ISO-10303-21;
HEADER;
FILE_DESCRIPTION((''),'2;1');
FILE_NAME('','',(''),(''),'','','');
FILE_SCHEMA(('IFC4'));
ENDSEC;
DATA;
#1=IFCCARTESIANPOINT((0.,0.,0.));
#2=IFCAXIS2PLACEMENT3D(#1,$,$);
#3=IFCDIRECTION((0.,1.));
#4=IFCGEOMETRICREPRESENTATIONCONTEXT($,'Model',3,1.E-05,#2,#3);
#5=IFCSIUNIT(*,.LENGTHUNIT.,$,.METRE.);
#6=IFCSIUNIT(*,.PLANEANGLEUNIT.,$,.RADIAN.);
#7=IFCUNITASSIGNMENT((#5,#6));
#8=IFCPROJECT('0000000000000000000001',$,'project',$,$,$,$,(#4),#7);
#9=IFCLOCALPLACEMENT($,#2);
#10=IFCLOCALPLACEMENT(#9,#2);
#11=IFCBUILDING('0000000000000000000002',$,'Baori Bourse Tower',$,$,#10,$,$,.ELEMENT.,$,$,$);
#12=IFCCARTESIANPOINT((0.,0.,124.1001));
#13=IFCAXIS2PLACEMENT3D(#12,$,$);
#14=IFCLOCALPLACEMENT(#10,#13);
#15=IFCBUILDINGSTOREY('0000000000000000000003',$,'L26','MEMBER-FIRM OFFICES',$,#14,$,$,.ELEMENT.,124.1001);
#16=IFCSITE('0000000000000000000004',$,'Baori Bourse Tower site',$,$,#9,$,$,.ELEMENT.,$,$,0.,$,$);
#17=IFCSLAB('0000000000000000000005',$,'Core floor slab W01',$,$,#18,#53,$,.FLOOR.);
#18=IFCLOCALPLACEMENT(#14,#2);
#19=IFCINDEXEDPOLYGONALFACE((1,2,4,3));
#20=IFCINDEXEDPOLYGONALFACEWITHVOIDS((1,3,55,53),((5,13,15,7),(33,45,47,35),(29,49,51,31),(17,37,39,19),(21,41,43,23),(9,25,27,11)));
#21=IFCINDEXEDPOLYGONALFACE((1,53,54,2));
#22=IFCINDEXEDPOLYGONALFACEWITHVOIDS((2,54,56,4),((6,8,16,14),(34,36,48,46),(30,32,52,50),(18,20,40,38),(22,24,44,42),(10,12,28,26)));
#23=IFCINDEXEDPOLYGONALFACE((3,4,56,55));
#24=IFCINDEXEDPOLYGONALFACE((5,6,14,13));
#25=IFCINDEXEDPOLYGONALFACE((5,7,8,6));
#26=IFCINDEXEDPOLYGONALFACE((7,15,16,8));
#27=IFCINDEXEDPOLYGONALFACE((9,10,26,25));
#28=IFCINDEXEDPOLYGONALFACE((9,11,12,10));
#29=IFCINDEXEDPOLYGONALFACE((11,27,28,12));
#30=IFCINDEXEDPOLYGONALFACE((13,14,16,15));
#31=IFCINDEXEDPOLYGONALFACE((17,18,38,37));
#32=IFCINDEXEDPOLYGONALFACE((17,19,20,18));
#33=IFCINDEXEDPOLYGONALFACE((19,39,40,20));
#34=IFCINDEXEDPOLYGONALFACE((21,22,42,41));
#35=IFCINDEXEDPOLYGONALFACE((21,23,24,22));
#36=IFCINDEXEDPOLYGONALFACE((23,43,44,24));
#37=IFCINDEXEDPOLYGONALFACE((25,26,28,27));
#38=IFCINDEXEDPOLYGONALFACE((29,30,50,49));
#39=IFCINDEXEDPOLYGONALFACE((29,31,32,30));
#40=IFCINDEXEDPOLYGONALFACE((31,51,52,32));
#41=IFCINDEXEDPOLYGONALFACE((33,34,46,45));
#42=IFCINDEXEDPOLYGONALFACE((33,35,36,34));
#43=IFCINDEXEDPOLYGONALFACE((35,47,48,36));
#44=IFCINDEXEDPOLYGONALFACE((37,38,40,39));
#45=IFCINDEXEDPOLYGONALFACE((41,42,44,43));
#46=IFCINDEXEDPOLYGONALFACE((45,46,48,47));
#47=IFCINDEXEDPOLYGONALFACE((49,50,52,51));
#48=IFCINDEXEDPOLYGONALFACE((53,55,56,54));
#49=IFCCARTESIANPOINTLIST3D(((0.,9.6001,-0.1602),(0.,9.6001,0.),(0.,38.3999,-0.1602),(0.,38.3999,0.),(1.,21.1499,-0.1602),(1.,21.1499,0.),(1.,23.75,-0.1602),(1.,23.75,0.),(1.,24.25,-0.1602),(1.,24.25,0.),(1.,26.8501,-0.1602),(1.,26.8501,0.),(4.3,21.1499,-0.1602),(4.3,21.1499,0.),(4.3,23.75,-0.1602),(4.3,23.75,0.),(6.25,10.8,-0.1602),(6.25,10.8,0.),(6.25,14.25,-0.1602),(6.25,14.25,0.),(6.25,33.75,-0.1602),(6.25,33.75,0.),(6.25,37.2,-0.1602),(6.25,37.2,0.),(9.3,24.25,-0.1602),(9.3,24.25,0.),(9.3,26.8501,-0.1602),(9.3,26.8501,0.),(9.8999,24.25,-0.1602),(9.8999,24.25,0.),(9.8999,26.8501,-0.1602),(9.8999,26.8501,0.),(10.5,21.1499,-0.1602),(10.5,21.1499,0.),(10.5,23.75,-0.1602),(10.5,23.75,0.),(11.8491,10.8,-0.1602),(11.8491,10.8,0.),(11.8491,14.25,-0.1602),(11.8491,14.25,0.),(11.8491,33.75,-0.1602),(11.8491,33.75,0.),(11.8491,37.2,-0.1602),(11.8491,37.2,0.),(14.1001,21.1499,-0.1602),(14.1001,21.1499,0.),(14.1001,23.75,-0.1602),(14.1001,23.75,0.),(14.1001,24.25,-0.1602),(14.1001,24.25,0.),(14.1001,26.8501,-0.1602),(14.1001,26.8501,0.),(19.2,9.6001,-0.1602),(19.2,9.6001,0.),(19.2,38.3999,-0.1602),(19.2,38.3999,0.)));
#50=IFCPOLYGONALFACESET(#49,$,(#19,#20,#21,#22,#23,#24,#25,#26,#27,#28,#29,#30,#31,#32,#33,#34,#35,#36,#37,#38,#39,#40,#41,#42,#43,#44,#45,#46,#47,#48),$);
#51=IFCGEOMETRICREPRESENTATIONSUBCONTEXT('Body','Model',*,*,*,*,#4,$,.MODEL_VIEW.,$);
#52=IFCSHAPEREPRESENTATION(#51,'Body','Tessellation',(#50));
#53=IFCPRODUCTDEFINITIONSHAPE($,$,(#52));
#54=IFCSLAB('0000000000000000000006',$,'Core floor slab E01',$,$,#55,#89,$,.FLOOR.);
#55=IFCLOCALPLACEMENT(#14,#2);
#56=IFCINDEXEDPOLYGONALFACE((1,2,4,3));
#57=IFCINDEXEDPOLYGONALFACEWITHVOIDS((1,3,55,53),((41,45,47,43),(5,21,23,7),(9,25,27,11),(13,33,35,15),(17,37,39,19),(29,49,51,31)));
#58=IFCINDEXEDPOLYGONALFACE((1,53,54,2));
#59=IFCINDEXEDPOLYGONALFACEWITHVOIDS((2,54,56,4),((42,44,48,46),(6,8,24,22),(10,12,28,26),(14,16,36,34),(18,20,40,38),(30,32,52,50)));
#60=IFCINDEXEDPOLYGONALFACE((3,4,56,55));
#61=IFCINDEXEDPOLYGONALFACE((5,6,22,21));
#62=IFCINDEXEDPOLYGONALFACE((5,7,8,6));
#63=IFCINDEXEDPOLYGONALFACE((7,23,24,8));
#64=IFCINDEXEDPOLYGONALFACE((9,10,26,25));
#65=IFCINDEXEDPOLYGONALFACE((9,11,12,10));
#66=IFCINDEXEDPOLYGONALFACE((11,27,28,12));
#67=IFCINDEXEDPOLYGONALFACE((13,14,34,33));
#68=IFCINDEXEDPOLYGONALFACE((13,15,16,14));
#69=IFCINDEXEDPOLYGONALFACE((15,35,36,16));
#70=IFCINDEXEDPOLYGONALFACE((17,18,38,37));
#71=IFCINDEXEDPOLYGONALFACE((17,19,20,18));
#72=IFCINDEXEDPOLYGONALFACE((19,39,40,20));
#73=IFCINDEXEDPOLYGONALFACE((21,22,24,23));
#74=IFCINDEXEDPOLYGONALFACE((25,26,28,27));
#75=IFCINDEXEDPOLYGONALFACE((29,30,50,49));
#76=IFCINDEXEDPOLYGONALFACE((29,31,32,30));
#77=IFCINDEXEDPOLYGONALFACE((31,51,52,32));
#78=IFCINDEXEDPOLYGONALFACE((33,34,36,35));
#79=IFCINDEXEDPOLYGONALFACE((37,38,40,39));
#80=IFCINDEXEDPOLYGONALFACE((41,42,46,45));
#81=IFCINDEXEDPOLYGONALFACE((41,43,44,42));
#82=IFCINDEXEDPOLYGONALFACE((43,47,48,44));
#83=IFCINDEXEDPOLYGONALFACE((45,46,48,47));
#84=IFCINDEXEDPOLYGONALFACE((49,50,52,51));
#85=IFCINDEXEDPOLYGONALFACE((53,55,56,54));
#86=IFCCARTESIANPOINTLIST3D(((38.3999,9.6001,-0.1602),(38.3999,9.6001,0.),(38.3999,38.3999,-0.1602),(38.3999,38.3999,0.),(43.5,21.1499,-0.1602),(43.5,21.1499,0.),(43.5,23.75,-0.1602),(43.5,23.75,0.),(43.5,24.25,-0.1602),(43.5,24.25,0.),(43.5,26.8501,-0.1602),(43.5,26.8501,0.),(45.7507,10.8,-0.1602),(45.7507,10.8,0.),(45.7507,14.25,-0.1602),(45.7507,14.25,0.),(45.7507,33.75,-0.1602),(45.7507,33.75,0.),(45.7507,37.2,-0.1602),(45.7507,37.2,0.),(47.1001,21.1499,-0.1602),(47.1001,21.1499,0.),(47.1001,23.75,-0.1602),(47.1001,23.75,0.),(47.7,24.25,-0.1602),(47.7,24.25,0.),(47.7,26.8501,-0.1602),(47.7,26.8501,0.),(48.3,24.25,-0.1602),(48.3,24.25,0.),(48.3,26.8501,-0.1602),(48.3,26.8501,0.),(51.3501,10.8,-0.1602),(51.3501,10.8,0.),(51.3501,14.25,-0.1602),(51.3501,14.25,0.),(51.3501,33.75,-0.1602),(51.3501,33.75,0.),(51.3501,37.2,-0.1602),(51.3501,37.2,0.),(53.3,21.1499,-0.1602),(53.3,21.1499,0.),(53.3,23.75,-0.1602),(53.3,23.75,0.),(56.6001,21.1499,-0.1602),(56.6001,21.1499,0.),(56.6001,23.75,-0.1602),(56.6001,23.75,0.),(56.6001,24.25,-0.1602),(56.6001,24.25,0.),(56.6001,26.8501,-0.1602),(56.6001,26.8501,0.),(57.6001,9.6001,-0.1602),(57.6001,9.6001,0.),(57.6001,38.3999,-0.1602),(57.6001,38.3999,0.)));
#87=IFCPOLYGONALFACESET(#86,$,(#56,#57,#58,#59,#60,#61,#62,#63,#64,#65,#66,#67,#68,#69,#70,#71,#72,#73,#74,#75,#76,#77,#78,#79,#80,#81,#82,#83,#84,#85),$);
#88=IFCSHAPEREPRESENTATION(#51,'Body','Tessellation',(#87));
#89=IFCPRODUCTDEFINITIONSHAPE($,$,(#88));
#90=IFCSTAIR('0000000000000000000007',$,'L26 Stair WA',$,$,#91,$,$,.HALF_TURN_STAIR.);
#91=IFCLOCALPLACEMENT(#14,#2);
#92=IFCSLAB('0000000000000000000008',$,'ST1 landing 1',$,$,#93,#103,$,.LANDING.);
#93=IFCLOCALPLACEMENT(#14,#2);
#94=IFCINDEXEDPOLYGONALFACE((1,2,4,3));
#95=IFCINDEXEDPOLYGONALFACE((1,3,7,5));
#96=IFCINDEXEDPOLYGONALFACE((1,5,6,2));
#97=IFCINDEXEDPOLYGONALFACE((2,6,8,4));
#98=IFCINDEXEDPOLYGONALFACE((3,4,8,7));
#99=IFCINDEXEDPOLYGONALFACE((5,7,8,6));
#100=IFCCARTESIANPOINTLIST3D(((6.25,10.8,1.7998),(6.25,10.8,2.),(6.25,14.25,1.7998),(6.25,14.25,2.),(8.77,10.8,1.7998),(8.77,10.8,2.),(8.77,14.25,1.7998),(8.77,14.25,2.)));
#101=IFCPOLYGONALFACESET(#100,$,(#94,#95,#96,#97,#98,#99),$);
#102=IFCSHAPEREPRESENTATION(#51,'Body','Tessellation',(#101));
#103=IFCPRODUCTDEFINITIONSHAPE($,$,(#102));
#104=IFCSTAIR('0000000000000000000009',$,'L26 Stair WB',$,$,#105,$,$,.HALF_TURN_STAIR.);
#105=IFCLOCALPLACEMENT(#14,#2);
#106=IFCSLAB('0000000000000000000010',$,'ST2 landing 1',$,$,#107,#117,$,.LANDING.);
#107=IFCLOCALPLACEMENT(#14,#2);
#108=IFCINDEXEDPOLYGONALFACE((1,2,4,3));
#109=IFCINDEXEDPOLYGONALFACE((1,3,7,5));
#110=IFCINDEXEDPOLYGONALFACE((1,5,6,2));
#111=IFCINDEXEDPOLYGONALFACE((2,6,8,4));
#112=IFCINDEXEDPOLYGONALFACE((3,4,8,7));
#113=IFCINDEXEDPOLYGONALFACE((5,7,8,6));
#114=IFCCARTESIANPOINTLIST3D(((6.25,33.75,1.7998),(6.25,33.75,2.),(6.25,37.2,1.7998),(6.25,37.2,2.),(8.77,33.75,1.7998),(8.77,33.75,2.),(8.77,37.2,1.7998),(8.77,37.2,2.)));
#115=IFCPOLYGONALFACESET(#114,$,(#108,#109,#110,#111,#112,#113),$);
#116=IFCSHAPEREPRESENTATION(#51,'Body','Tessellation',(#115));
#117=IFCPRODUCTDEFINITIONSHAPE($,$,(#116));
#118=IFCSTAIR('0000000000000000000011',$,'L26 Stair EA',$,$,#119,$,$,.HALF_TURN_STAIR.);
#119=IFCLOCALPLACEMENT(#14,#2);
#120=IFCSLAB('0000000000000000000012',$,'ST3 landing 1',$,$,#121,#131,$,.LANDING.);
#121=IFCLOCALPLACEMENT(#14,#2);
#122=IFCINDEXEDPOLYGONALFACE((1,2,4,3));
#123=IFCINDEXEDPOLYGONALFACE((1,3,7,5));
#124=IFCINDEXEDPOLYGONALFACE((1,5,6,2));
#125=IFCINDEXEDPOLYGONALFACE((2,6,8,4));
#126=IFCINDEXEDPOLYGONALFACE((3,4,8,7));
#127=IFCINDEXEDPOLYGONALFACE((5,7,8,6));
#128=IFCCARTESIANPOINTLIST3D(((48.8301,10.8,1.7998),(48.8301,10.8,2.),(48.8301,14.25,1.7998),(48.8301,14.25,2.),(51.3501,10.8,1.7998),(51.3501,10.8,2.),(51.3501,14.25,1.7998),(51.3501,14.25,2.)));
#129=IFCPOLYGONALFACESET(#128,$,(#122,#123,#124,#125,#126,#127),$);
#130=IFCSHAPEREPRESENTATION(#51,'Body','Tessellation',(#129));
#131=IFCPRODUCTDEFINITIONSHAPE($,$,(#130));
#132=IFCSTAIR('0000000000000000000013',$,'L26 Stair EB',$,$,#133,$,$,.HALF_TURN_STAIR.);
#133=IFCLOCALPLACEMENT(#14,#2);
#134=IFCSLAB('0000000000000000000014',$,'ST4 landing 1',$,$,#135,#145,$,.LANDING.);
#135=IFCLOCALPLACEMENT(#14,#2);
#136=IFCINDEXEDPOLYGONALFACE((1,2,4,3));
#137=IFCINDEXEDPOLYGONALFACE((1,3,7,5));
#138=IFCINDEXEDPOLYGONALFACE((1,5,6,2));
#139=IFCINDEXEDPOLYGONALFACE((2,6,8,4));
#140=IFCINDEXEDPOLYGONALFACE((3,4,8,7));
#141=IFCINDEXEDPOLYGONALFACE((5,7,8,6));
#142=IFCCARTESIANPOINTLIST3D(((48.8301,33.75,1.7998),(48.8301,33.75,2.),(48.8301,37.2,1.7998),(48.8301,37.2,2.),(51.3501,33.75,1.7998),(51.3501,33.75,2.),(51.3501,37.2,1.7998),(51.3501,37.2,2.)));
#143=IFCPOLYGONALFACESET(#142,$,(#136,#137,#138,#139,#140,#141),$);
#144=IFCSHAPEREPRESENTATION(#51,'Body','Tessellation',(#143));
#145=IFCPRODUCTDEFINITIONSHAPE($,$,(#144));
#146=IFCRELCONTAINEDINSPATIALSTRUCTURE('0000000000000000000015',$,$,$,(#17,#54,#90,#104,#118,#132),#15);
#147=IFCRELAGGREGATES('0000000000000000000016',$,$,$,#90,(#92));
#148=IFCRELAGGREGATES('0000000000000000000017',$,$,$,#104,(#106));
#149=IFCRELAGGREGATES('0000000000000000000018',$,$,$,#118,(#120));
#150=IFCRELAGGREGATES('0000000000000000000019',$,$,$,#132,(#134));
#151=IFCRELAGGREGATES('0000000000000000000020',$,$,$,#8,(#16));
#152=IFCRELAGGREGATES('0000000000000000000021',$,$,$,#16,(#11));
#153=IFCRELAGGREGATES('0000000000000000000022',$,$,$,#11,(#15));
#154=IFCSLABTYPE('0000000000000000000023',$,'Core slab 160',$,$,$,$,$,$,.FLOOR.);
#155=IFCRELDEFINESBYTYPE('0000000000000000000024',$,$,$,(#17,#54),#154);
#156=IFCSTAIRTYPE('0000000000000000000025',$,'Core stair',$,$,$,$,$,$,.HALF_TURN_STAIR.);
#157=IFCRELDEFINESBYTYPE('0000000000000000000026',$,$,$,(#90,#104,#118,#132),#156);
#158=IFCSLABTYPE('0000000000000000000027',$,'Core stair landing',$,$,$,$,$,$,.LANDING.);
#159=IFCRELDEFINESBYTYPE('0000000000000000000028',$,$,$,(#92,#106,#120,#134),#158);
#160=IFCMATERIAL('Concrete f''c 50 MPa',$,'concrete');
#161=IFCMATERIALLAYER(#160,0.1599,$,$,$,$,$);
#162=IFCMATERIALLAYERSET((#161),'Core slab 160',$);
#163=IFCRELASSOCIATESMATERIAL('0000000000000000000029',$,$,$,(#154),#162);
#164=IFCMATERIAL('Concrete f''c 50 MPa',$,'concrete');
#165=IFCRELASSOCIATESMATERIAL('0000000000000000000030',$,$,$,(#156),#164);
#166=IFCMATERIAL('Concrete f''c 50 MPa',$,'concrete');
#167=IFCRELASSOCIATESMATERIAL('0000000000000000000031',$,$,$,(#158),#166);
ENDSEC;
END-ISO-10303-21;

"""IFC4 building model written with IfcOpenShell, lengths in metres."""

from ifc_helpers import new_model, si_unit, direction, frame, origin, place, context, subcontext, project, spatial, polyline, outline, extrude, material, layer, layer_set, type_object, element, aggregate, save


model = new_model("IFC4")

# Units and contexts
model_context = context("Model", 3, precision=1e-05, world=origin(), true_north=direction((0.0, 1.0)))
body_context = subcontext(model_context, "Body", "Model", "MODEL_VIEW")
ifc_project = project(units=[si_unit("LENGTHUNIT", "METRE"), si_unit("PLANEANGLEUNIT", "RADIAN")], contexts=[model_context])

# Site, building, storey
site_placement = place(None, origin())
site = spatial("IfcSite", under=ifc_project, at=site_placement, Name="Baori Bourse Tower site", CompositionType="ELEMENT", RefElevation=0.0)
building_placement = place(site_placement, origin())
building = spatial("IfcBuilding", under=site, at=building_placement, Name="Baori Bourse Tower", CompositionType="ELEMENT")
storey_placement = place(building_placement, frame((0.0, 0.0, 124.1001)))
storey = spatial("IfcBuildingStorey", under=building, at=storey_placement, Name="L26", Description="MEMBER-FIRM OFFICES", CompositionType="ELEMENT", Elevation=124.1001)

# Slabs
ifc_material_1 = material(Name="Concrete f'c 50 MPa", Category="concrete")
ifc_layer_1 = layer(ifc_material_1, 0.1599)
ifc_layer_set_1 = layer_set([ifc_layer_1], Name="Core slab 160")
slab_type_1 = type_object("IfcSlabType", Name="Core slab 160", PredefinedType="FLOOR", material=ifc_layer_set_1)
slab_1_placement = place(storey_placement, frame((0.0, 0.0, -0.1602)))
element("IfcSlab", 1, at=slab_1_placement, inside=storey, type_object=slab_type_1, Name="Core floor slab W01", PredefinedType="FLOOR", context=body_context, shape_type="SweptSolid", body=[
    extrude(outline(polyline([(0.0, 38.3999), (0.0, 9.6001), (19.2, 9.6001), (19.2, 38.3999), (0.0, 38.3999)]), holes=[polyline([(10.5, 21.1499), (10.5, 23.75), (14.1001, 23.75), (14.1001, 21.1499), (10.5, 21.1499)]), polyline([(14.1001, 24.25), (9.8999, 24.25), (9.8999, 26.8501), (14.1001, 26.8501), (14.1001, 24.25)]), polyline([(6.25, 14.25), (11.8491, 14.25), (11.8491, 10.8), (6.25, 10.8), (6.25, 14.25)]), polyline([(11.8491, 37.2), (11.8491, 33.75), (6.25, 33.75), (6.25, 37.2), (11.8491, 37.2)]), polyline([(1.0, 26.8501), (9.3, 26.8501), (9.3, 24.25), (1.0, 24.25), (1.0, 26.8501)]), polyline([(4.3, 23.75), (4.3, 21.1499), (1.0, 21.1499), (1.0, 23.75), (4.3, 23.75)])]), origin(), (0.0, 0.0, 1.0), 0.1602),
])
slab_2_placement = place(storey_placement, frame((0.0, 0.0, -0.1602)))
element("IfcSlab", 2, at=slab_2_placement, inside=storey, type_object=slab_type_1, Name="Core floor slab E01", PredefinedType="FLOOR", context=body_context, shape_type="SweptSolid", body=[
    extrude(outline(polyline([(57.6001, 38.3999), (38.3999, 38.3999), (38.3999, 9.6001), (57.6001, 9.6001), (57.6001, 38.3999)]), holes=[polyline([(56.6001, 21.1499), (53.3, 21.1499), (53.3, 23.75), (56.6001, 23.75), (56.6001, 21.1499)]), polyline([(56.6001, 26.8501), (56.6001, 24.25), (48.3, 24.25), (48.3, 26.8501), (56.6001, 26.8501)]), polyline([(45.7507, 14.25), (51.3501, 14.25), (51.3501, 10.8), (45.7507, 10.8), (45.7507, 14.25)]), polyline([(51.3501, 37.2), (51.3501, 33.75), (45.7507, 33.75), (45.7507, 37.2), (51.3501, 37.2)]), polyline([(43.5, 24.25), (43.5, 26.8501), (47.7, 26.8501), (47.7, 24.25), (43.5, 24.25)]), polyline([(43.5, 23.75), (47.1001, 23.75), (47.1001, 21.1499), (43.5, 21.1499), (43.5, 23.75)])]), origin(), (0.0, 0.0, 1.0), 0.1602),
])

# Stairs, slabs
ifc_material_2 = material(Name="Concrete f'c 50 MPa", Category="concrete")
stair_type = type_object("IfcStairType", Name="Core stair", PredefinedType="HALF_TURN_STAIR", material=ifc_material_2)
stair_1_placement = place(storey_placement, origin())
stair_1 = element("IfcStair", 3, at=stair_1_placement, inside=storey, type_object=stair_type, Name="L26 Stair WA", PredefinedType="HALF_TURN_STAIR")
ifc_material_3 = material(Name="Concrete f'c 50 MPa", Category="concrete")
slab_type_2 = type_object("IfcSlabType", Name="Core stair landing", PredefinedType="LANDING", material=ifc_material_3)
slab_3_placement = place(storey_placement, frame((0.0, 0.0, 1.7998)))
slab_3 = element("IfcSlab", 4, at=slab_3_placement, type_object=slab_type_2, Name="ST1 landing 1", PredefinedType="LANDING", context=body_context, shape_type="SweptSolid", body=[
    extrude(outline(polyline([(8.77, 14.25), (6.25, 14.25), (6.25, 10.8), (8.77, 10.8), (8.77, 14.25)])), origin(), (0.0, 0.0, 1.0), 0.2002),
])
aggregate(stair_1, [slab_3])
stair_2_placement = place(storey_placement, origin())
stair_2 = element("IfcStair", 5, at=stair_2_placement, inside=storey, type_object=stair_type, Name="L26 Stair WB", PredefinedType="HALF_TURN_STAIR")
slab_4_placement = place(storey_placement, frame((0.0, 0.0, 1.7998)))
slab_4 = element("IfcSlab", 6, at=slab_4_placement, type_object=slab_type_2, Name="ST2 landing 1", PredefinedType="LANDING", context=body_context, shape_type="SweptSolid", body=[
    extrude(outline(polyline([(8.77, 37.2), (6.25, 37.2), (6.25, 33.75), (8.77, 33.75), (8.77, 37.2)])), origin(), (0.0, 0.0, 1.0), 0.2002),
])
aggregate(stair_2, [slab_4])
stair_3_placement = place(storey_placement, origin())
stair_3 = element("IfcStair", 7, at=stair_3_placement, inside=storey, type_object=stair_type, Name="L26 Stair EA", PredefinedType="HALF_TURN_STAIR")
slab_5_placement = place(storey_placement, frame((0.0, 0.0, 1.7998)))
slab_5 = element("IfcSlab", 8, at=slab_5_placement, type_object=slab_type_2, Name="ST3 landing 1", PredefinedType="LANDING", context=body_context, shape_type="SweptSolid", body=[
    extrude(outline(polyline([(48.8301, 10.8), (51.3501, 10.8), (51.3501, 14.25), (48.8301, 14.25), (48.8301, 10.8)])), origin(), (0.0, 0.0, 1.0), 0.2002),
])
aggregate(stair_3, [slab_5])
stair_4_placement = place(storey_placement, origin())
stair_4 = element("IfcStair", 9, at=stair_4_placement, inside=storey, type_object=stair_type, Name="L26 Stair EB", PredefinedType="HALF_TURN_STAIR")
slab_6_placement = place(storey_placement, frame((0.0, 0.0, 1.7998)))
slab_6 = element("IfcSlab", 10, at=slab_6_placement, type_object=slab_type_2, Name="ST4 landing 1", PredefinedType="LANDING", context=body_context, shape_type="SweptSolid", body=[
    extrude(outline(polyline([(48.8301, 33.75), (51.3501, 33.75), (51.3501, 37.2), (48.8301, 37.2), (48.8301, 33.75)])), origin(), (0.0, 0.0, 1.0), 0.2002),
])
aggregate(stair_4, [slab_6])

save(model, "model.ifc")
